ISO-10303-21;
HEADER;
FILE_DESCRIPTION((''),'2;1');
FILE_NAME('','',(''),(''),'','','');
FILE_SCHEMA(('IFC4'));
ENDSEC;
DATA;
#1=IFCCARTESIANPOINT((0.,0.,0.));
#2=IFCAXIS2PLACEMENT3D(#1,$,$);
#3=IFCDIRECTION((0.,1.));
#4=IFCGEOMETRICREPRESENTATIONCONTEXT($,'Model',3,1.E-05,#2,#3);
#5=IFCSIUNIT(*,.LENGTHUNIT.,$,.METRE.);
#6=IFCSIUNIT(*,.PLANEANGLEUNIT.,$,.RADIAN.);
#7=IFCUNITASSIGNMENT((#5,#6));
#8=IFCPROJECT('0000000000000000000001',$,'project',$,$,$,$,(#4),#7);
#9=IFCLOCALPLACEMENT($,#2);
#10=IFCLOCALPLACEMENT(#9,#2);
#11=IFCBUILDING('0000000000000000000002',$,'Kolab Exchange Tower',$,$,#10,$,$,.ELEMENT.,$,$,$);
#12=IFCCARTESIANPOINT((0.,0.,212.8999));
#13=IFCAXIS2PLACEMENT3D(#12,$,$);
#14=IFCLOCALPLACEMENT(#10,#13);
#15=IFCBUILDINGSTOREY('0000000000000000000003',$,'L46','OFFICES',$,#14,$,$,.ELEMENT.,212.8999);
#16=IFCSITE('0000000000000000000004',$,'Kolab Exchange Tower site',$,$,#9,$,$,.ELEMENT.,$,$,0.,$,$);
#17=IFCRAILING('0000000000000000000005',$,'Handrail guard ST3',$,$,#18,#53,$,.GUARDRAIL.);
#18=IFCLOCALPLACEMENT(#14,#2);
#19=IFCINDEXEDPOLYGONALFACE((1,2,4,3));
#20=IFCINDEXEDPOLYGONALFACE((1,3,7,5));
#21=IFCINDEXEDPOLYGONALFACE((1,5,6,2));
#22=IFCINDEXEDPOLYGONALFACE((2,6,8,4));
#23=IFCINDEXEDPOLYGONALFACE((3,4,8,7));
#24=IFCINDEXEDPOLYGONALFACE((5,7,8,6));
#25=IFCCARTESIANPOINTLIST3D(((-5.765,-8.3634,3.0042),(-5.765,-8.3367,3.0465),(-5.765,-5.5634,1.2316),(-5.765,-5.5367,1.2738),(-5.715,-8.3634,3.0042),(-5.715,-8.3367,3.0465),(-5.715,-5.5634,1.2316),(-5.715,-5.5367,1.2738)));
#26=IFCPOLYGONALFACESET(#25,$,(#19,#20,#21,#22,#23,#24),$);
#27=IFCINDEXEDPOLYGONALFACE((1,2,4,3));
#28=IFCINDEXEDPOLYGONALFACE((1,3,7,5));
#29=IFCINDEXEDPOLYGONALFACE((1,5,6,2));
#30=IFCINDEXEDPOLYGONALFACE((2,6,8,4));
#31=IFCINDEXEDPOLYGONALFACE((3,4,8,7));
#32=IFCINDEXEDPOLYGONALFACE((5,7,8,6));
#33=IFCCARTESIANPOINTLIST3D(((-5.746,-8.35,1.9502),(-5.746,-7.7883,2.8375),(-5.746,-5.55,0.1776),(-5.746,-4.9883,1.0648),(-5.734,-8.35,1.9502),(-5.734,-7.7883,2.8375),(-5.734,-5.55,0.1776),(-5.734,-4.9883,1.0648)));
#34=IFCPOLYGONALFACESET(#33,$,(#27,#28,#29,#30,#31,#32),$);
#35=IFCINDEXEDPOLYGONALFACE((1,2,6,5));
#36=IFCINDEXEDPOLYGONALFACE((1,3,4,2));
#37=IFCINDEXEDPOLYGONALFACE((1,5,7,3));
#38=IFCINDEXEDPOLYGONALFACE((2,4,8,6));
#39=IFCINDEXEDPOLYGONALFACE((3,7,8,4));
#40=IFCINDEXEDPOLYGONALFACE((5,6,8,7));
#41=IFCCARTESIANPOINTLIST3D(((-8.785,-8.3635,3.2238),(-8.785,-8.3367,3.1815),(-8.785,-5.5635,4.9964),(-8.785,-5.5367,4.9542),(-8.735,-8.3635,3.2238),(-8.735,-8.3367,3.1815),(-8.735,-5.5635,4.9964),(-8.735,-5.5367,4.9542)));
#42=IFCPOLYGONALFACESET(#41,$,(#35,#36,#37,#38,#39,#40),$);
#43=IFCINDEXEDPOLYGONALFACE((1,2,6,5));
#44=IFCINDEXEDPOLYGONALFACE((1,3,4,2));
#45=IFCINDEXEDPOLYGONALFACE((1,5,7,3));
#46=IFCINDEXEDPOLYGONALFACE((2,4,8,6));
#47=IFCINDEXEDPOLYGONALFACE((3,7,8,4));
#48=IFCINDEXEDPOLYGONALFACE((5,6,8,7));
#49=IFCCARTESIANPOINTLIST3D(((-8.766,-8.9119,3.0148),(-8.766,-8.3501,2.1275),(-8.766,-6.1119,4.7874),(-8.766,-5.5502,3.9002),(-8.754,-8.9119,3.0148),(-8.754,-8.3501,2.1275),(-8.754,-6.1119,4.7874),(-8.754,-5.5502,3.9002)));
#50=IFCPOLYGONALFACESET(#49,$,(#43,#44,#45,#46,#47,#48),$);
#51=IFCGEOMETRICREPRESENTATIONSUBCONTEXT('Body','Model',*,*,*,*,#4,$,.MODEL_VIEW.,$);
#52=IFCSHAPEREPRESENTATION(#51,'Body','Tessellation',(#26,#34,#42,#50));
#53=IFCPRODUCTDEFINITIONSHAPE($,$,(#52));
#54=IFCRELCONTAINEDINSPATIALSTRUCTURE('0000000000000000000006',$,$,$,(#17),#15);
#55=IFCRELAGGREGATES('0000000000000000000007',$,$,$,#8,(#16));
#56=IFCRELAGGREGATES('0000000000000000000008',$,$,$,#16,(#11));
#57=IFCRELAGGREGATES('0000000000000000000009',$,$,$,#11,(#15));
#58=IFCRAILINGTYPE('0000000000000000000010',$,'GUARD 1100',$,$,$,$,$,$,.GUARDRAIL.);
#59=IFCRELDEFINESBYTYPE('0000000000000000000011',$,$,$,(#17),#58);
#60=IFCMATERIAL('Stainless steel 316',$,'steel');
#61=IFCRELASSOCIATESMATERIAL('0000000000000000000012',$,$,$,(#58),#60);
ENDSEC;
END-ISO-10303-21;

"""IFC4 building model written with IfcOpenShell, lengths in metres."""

from ifc_helpers import new_model, si_unit, direction, frame, frame_2d, origin, origin_2d, place, context, subcontext, project, spatial, rectangle, extrude, material, type_object, element, save


model = new_model("IFC4")

# Units and contexts
model_context = context("Model", 3, precision=1e-05, world=origin(), true_north=direction((0.0, 1.0)))
body_context = subcontext(model_context, "Body", "Model", "MODEL_VIEW")
ifc_project = project(units=[si_unit("LENGTHUNIT", "METRE"), si_unit("PLANEANGLEUNIT", "RADIAN")], contexts=[model_context])

# Site, building, storey
site_placement = place(None, origin())
site = spatial("IfcSite", under=ifc_project, at=site_placement, Name="Kolab Exchange Tower site", CompositionType="ELEMENT", RefElevation=0.0)
building_placement = place(site_placement, origin())
building = spatial("IfcBuilding", under=site, at=building_placement, Name="Kolab Exchange Tower", CompositionType="ELEMENT")
storey_placement = place(building_placement, frame((0.0, 0.0, 212.8999)))
storey = spatial("IfcBuildingStorey", under=building, at=storey_placement, Name="L46", Description="OFFICES", CompositionType="ELEMENT", Elevation=212.8999)

# Shared definitions
ifc_material_1 = material(Name="Stainless steel 316", Category="steel")

# Railing
railing_type = type_object("IfcRailingType", Name="GUARD 1100", PredefinedType="GUARDRAIL", material=ifc_material_1)
railing_1_placement = place(storey_placement, frame((-5.74, -5.55, 0.1775)))
element("IfcRailing", 1, at=railing_1_placement, inside=storey, type_object=railing_type, Name="Handrail guard ST3", PredefinedType="GUARDRAIL", context=body_context, shape_type="SweptSolid", body=[
    extrude(rectangle(XDim=0.05, YDim=0.05, at=origin_2d()), frame((0.0, 0.0, 1.0752), z_axis=(0.0, -0.844909, 0.53491), x_axis=(1.0, 0.0, 0.0)), (0.0, 0.0, 1.0), 3.314),
    extrude(rectangle(XDim=0.012, YDim=1.0501, at=frame_2d((0.0, 0.5251))), frame((0.0, 0.0, 0.0), z_axis=(0.0, -0.844909, 0.53491), x_axis=(1.0, 0.0, 0.0)), (0.0, 0.0, 1.0), 3.314),
    extrude(rectangle(XDim=0.05, YDim=0.05, at=origin_2d()), frame((-3.02, -2.8, 3.0251), z_axis=(0.0, 0.844909, 0.53491), x_axis=(-1.0, 0.0, 0.0)), (0.0, 0.0, 1.0), 3.314),
    extrude(rectangle(XDim=0.012, YDim=1.0501, at=frame_2d((0.0, 0.5251))), frame((-3.02, -2.8, 1.95), z_axis=(0.0, 0.844909, 0.53491), x_axis=(-1.0, 0.0, 0.0)), (0.0, 0.0, 1.0), 3.314),
])

save(model, "model.ifc")
